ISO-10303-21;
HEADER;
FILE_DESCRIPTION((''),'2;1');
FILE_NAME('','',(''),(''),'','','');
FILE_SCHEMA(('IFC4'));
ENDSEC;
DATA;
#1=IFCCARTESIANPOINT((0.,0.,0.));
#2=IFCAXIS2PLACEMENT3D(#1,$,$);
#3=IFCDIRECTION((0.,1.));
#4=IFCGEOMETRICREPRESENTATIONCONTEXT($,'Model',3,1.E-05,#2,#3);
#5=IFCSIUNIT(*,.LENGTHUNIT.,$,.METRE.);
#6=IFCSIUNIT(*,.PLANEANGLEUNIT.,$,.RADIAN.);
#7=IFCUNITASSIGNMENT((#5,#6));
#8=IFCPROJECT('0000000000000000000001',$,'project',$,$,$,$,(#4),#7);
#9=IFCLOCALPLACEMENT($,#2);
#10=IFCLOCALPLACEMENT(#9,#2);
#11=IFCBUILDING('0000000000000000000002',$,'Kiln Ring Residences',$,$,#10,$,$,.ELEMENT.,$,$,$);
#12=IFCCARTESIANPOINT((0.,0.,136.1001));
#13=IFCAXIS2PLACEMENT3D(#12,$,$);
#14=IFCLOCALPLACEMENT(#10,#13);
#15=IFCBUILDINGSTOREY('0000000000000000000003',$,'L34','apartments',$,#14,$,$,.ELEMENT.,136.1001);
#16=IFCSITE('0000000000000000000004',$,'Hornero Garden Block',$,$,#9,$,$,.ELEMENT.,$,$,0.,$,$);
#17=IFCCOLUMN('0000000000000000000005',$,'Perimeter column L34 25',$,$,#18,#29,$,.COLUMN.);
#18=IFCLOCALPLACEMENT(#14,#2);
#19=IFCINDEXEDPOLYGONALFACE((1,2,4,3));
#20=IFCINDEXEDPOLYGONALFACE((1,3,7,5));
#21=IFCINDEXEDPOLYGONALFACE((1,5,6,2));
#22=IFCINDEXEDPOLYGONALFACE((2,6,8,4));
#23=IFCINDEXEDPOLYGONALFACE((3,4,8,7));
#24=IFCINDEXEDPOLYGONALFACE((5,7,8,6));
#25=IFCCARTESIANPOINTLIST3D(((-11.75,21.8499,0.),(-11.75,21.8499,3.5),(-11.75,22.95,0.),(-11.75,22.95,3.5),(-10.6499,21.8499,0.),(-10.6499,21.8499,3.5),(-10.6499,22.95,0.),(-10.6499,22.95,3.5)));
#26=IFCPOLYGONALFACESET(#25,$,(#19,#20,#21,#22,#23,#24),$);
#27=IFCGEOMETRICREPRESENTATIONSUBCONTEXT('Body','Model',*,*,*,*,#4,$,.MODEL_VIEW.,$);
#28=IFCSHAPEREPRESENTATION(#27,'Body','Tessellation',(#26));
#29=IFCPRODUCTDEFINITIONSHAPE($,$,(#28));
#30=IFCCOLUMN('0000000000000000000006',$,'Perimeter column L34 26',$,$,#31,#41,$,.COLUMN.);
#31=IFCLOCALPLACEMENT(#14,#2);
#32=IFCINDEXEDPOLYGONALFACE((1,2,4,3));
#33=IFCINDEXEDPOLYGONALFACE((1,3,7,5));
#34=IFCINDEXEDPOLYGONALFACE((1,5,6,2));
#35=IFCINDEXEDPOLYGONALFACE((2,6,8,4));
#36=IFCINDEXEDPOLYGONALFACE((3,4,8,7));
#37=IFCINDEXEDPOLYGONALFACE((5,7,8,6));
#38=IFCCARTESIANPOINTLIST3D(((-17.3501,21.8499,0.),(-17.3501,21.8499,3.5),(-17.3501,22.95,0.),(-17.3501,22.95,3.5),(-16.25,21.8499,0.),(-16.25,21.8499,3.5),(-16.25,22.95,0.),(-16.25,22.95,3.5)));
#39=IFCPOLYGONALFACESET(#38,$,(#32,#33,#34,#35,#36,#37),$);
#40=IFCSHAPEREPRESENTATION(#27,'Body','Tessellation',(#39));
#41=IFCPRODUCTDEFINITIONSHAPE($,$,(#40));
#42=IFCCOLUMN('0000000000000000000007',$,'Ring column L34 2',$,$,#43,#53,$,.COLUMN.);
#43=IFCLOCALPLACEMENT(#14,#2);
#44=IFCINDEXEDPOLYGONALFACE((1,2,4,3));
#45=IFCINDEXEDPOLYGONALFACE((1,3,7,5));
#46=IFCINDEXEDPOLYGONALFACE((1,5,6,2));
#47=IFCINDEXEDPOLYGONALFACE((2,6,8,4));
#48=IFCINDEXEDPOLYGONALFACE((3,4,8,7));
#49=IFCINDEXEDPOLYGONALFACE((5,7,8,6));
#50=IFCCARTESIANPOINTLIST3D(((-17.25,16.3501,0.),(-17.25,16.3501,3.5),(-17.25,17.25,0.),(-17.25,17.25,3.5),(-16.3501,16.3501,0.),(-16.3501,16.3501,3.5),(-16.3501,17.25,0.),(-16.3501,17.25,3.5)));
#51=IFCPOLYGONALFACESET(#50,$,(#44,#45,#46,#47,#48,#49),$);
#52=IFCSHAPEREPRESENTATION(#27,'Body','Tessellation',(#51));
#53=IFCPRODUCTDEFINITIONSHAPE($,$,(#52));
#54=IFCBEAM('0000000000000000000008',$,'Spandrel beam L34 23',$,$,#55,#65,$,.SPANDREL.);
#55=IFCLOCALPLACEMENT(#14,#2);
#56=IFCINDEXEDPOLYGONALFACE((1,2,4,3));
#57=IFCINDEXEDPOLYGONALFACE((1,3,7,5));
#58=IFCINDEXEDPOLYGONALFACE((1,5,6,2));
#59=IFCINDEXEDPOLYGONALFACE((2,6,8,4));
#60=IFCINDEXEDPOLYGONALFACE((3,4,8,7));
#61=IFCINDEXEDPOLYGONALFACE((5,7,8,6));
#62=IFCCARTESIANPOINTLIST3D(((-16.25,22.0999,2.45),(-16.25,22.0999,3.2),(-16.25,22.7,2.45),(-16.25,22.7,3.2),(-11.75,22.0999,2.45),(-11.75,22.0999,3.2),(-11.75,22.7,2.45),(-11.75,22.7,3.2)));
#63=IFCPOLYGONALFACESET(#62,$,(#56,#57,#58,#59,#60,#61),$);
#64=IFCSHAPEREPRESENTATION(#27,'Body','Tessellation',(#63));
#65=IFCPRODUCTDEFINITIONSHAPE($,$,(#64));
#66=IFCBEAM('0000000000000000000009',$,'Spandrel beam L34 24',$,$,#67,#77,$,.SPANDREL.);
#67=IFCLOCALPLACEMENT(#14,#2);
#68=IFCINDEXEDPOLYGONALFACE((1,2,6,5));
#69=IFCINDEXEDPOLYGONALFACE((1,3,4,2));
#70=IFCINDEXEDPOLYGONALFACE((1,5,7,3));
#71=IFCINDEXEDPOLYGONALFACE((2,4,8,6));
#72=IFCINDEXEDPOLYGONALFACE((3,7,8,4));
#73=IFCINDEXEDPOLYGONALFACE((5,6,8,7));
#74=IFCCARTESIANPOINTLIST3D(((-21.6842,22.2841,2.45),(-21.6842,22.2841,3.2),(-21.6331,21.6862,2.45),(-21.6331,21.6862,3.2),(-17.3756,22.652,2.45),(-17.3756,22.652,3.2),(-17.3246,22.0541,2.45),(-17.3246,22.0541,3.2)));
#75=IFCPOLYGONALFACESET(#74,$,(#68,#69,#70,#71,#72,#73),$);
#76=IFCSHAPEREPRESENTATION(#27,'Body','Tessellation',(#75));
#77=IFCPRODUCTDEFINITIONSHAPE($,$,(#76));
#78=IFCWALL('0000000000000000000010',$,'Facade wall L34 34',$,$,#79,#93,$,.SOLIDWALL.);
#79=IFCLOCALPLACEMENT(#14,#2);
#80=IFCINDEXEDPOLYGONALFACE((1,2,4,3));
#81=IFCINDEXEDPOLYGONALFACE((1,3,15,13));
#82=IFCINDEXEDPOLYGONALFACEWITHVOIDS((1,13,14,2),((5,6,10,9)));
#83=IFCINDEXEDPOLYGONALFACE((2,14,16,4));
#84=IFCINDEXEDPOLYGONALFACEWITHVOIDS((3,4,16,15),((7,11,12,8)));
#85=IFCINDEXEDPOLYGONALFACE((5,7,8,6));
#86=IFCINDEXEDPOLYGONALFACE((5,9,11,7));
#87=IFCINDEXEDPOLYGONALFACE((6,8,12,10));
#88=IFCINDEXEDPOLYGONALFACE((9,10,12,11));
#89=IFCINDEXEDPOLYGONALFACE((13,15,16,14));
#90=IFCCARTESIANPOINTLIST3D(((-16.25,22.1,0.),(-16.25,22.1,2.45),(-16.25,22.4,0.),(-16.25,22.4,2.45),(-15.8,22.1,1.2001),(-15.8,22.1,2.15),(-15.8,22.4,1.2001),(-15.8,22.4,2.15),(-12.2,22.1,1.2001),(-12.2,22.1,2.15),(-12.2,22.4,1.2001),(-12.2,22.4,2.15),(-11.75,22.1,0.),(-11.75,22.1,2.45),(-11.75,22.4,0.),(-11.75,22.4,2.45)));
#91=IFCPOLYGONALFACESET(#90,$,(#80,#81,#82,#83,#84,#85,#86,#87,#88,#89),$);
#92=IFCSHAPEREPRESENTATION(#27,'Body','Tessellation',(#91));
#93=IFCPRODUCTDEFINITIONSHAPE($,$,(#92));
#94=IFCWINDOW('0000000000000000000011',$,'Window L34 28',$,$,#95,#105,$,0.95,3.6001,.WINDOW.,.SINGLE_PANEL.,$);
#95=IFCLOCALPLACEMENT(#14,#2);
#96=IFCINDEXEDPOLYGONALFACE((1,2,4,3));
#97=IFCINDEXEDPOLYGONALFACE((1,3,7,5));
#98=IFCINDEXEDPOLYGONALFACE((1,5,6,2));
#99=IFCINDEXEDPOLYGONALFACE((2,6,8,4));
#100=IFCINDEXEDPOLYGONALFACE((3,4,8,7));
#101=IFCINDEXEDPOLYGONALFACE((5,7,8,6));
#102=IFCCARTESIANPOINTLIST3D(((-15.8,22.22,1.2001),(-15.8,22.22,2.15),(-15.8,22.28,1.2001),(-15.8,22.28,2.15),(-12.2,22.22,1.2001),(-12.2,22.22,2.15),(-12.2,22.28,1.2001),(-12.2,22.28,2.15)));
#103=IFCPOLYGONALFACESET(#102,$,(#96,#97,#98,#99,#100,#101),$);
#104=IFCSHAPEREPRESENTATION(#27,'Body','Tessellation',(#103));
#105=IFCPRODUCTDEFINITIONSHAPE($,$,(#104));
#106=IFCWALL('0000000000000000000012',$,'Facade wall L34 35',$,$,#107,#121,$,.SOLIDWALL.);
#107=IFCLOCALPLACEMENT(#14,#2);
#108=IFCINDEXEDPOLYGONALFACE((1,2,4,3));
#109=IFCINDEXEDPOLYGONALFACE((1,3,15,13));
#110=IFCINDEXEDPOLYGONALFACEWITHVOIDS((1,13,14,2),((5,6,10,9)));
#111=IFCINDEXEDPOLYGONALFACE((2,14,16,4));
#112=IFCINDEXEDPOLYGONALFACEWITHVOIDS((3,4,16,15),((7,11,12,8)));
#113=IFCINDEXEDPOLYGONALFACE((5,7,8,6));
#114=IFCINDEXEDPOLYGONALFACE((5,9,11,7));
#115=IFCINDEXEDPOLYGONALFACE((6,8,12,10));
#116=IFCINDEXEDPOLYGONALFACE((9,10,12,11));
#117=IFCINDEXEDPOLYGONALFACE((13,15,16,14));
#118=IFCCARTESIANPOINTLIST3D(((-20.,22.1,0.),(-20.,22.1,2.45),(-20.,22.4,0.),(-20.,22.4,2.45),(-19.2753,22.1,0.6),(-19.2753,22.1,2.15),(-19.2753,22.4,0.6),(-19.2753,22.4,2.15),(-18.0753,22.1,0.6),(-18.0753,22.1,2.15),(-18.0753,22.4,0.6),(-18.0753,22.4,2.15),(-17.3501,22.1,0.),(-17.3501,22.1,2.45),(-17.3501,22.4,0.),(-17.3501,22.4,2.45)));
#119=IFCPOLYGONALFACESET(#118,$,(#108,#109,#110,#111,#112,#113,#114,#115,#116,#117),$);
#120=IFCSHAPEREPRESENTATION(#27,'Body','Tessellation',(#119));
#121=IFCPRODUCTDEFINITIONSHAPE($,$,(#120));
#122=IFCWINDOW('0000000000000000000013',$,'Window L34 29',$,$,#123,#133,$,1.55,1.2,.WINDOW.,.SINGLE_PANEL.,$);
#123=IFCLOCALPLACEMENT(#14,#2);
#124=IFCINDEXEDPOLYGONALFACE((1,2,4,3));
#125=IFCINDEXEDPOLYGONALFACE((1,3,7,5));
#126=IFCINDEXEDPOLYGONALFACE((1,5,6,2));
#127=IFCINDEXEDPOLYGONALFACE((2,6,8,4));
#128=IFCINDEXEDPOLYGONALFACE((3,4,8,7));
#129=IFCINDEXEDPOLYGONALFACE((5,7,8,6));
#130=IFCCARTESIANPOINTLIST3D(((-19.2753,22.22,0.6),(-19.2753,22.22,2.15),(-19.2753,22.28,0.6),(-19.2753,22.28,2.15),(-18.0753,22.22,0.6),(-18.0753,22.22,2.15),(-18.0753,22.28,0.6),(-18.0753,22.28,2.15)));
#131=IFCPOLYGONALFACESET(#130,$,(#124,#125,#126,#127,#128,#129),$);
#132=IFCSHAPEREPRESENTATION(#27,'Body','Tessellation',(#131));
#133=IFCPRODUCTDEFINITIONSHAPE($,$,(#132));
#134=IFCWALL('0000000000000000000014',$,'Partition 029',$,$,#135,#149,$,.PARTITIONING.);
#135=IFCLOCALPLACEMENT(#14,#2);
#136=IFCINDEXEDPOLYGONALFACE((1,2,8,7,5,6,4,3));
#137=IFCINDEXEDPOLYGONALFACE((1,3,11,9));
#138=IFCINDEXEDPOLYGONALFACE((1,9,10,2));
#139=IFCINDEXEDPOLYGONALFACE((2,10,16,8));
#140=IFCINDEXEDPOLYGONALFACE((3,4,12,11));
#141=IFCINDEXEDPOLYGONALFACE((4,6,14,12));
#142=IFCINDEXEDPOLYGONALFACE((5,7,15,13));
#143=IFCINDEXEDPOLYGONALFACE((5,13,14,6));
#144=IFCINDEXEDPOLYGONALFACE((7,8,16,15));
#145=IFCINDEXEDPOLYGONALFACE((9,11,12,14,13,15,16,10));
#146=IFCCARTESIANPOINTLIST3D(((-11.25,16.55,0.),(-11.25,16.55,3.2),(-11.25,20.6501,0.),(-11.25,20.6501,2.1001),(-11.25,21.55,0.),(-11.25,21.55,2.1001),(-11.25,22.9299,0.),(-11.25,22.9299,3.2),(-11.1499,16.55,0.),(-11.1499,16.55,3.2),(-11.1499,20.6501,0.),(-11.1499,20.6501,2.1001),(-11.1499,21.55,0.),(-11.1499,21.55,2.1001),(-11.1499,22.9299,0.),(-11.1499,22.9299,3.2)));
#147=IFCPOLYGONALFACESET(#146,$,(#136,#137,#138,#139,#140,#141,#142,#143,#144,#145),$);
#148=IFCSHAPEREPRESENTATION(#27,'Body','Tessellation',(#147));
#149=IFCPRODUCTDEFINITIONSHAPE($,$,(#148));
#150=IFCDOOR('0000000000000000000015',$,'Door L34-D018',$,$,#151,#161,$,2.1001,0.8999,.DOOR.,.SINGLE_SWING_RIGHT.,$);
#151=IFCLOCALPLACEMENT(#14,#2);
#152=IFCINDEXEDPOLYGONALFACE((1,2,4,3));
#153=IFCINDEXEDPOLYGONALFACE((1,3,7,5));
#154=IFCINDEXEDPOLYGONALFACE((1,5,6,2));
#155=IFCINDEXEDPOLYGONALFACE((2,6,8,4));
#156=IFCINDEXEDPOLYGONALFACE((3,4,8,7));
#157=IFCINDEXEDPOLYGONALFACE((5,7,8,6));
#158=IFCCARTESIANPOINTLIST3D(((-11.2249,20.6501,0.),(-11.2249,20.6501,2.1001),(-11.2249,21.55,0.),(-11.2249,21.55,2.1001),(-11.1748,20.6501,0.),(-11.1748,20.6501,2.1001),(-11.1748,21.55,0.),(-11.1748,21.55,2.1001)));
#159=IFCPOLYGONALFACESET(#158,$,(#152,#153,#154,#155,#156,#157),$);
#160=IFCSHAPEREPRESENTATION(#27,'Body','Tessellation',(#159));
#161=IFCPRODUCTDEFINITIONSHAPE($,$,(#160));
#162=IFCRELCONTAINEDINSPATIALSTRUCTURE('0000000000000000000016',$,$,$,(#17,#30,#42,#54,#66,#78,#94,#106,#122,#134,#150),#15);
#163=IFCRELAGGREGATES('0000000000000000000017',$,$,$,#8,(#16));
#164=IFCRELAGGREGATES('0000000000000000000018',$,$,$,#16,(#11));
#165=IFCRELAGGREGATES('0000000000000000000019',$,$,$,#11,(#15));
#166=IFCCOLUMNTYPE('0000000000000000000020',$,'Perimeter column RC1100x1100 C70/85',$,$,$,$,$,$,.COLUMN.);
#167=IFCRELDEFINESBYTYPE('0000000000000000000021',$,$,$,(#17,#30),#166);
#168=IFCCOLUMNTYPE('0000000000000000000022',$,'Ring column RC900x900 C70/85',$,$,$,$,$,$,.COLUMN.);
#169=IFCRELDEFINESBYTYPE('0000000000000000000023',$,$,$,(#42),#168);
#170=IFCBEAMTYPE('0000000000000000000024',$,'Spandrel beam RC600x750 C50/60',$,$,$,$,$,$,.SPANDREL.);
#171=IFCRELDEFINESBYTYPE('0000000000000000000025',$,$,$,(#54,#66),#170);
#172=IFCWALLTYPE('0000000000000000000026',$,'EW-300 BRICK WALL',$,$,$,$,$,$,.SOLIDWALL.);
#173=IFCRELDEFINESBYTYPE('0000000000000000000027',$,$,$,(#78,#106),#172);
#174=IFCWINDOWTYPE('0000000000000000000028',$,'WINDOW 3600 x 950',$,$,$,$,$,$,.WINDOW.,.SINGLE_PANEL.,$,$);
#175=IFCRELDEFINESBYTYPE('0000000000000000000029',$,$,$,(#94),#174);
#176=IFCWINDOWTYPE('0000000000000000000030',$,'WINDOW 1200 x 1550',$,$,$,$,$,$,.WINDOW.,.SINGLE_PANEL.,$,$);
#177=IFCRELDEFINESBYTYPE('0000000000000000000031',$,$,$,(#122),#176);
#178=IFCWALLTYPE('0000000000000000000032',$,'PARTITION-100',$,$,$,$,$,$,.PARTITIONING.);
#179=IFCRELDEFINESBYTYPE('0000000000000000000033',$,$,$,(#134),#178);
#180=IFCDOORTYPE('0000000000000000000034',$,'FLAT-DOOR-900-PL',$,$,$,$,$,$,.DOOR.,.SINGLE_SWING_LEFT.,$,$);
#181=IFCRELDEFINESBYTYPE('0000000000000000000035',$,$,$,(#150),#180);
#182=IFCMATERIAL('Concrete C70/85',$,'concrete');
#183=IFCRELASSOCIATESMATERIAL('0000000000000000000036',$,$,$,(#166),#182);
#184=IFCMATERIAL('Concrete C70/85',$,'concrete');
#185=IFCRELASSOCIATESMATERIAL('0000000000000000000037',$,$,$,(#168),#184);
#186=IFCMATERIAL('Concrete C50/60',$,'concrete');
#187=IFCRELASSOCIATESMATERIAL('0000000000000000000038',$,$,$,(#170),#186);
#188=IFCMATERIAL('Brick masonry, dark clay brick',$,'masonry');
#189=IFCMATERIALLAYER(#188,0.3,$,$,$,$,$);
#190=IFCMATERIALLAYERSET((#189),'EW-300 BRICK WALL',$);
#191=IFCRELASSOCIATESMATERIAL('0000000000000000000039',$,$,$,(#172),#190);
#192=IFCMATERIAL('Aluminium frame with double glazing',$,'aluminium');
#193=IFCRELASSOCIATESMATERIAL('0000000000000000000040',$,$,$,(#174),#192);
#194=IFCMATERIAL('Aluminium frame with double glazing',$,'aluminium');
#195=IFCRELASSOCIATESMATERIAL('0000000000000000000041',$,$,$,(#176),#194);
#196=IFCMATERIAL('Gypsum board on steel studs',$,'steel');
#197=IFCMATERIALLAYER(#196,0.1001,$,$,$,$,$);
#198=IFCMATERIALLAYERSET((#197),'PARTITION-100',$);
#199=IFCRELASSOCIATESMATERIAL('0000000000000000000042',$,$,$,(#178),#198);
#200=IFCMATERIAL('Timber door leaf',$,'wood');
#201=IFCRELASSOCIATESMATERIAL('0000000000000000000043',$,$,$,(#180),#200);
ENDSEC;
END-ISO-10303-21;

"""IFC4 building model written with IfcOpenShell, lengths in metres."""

from ifc_helpers import new_model, si_unit, direction, frame, frame_2d, origin, origin_2d, place, context, subcontext, project, spatial, rectangle, extrude, material, layer, layer_set, material_profile, profile_set, type_object, element, fill, save


model = new_model("IFC4")

# Units and contexts
model_context = context("Model", 3, precision=1e-05, world=origin(), true_north=direction((0.0, 1.0)))
body_context = subcontext(model_context, "Body", "Model", "MODEL_VIEW")
ifc_project = project(units=[si_unit("LENGTHUNIT", "METRE"), si_unit("PLANEANGLEUNIT", "RADIAN")], contexts=[model_context])

# Site, building, storey
site_placement = place(None, origin())
site = spatial("IfcSite", under=ifc_project, at=site_placement, Name="Hornero Garden Block", CompositionType="ELEMENT", RefElevation=0.0)
building_placement = place(site_placement, origin())
building = spatial("IfcBuilding", under=site, at=building_placement, Name="Kiln Ring Residences", CompositionType="ELEMENT")
storey_placement = place(building_placement, frame((0.0, 0.0, 136.1001)))
storey = spatial("IfcBuildingStorey", under=building, at=storey_placement, Name="L34", Description="apartments", CompositionType="ELEMENT", Elevation=136.1001)

# Columns
ifc_material_1 = material(Name="Concrete C70/85", Category="concrete")
ifc_material_profile_1 = material_profile(ifc_material_1, rectangle(XDim=1.1001, YDim=1.1001, at=origin_2d()), Name="RC1100x1100")
ifc_profile_set_1 = profile_set([ifc_material_profile_1], Name="Concrete C70/85")
column_type_1 = type_object("IfcColumnType", Name="Perimeter column RC1100x1100 C70/85", PredefinedType="COLUMN", material=ifc_profile_set_1)
for number, where, z_axis, x_axis, name in (
    (1, (-11.2, 22.3999, 0.0), (0.0, 0.0, 1.0), (1.0, 0.0, 0.0), "Perimeter column L34 25"),
    (2, (-16.8, 22.3999, 0.0), (0.0, 0.0, 1.0), (1.0, 0.0, 0.0), "Perimeter column L34 26"),
):
    element("IfcColumn", number, at=place(storey_placement, frame(where, z_axis=z_axis, x_axis=x_axis)), inside=storey, type_object=column_type_1, Name=name, PredefinedType="COLUMN", context=body_context, shape_type="SweptSolid", body=[
        extrude(rectangle(XDim=1.1001, YDim=1.1001, at=origin_2d()), origin(), (0.0, 0.0, 1.0), 3.5),
    ])
ifc_material_2 = material(Name="Concrete C70/85", Category="concrete")
ifc_material_profile_2 = material_profile(ifc_material_2, rectangle(XDim=0.8999, YDim=0.8999, at=origin_2d()), Name="RC900x900")
ifc_profile_set_2 = profile_set([ifc_material_profile_2], Name="Concrete C70/85")
column_type_2 = type_object("IfcColumnType", Name="Ring column RC900x900 C70/85", PredefinedType="COLUMN", material=ifc_profile_set_2)
column_placement = place(storey_placement, frame((-16.8, 16.8, 0.0), z_axis=(0.0, 0.0, 1.0), x_axis=(1.0, 0.0, 0.0)))
element("IfcColumn", 3, at=column_placement, inside=storey, type_object=column_type_2, Name="Ring column L34 2", PredefinedType="COLUMN", context=body_context, shape_type="SweptSolid", body=[
    extrude(rectangle(XDim=0.8999, YDim=0.8999, at=origin_2d()), origin(), (0.0, 0.0, 1.0), 3.5),
])

# Beams
ifc_material_3 = material(Name="Concrete C50/60", Category="concrete")
ifc_material_profile_3 = material_profile(ifc_material_3, rectangle(XDim=0.6001, YDim=0.75, at=origin_2d()), Name="RC600x750")
ifc_profile_set_3 = profile_set([ifc_material_profile_3], Name="Concrete C50/60")
beam_type = type_object("IfcBeamType", Name="Spandrel beam RC600x750 C50/60", PredefinedType="SPANDREL", material=ifc_profile_set_3)
beam_1_placement = place(storey_placement, frame((-11.75, 22.3999, 2.825), z_axis=(-1.0, 0.0, 0.0), x_axis=(0.0, -1.0, 0.0)))
element("IfcBeam", 4, at=beam_1_placement, inside=storey, type_object=beam_type, Name="Spandrel beam L34 23", PredefinedType="SPANDREL", context=body_context, shape_type="SweptSolid", body=[
    extrude(rectangle(XDim=0.6001, YDim=0.75, at=origin_2d()), origin(), (0.0, 0.0, 1.0), 4.5),
])
beam_2_placement = place(storey_placement, frame((-17.3501, 22.353, 2.825), z_axis=(-0.996374, -0.085082, 0.0), x_axis=(0.085082, -0.996374, 0.0)))
element("IfcBeam", 5, at=beam_2_placement, inside=storey, type_object=beam_type, Name="Spandrel beam L34 24", PredefinedType="SPANDREL", context=body_context, shape_type="SweptSolid", body=[
    extrude(rectangle(XDim=0.6001, YDim=0.75, at=origin_2d()), origin(), (0.0, 0.0, 1.0), 4.3242),
])

# Walls, openings, windows
ifc_material_4 = material(Name="Brick masonry, dark clay brick", Category="masonry")
ifc_layer_1 = layer(ifc_material_4, 0.3)
ifc_layer_set_1 = layer_set([ifc_layer_1], Name="EW-300 BRICK WALL")
wall_type_1 = type_object("IfcWallType", Name="EW-300 BRICK WALL", PredefinedType="SOLIDWALL", material=ifc_layer_set_1)
wall_1_placement = place(storey_placement, frame((-11.75, 22.25, 0.0), z_axis=(0.0, 0.0, 1.0), x_axis=(-1.0, 0.0, 0.0)))
wall_1 = element("IfcWall", 6, at=wall_1_placement, inside=storey, type_object=wall_type_1, Name="Facade wall L34 34", PredefinedType="SOLIDWALL", context=body_context, shape_type="SweptSolid", body=[
    extrude(rectangle(XDim=4.5, YDim=0.3, at=frame_2d((2.25, 0.0))), origin(), (0.0, 0.0, 1.0), 2.45),
])
opening_1_placement = place(wall_1_placement, frame((0.45, 0.0, 1.2)))
opening_1 = element("IfcOpeningElement", 7, at=opening_1_placement, cuts=wall_1, PredefinedType="OPENING", context=body_context, shape_type="SweptSolid", body=[
    extrude(rectangle(XDim=3.6001, YDim=0.95, at=frame_2d((1.8, 0.4751))), frame((0.0, 0.1599, 0.0), z_axis=(0.0, -1.0, 0.0), x_axis=(1.0, 0.0, 0.0)), (0.0, 0.0, 1.0), 0.3201),
])
ifc_material_5 = material(Name="Aluminium frame with double glazing", Category="aluminium")
window_type_1 = type_object("IfcWindowType", Name="WINDOW 3600 x 950", PartitioningType="SINGLE_PANEL", PredefinedType="WINDOW", material=ifc_material_5)
window_1_placement = place(opening_1_placement, origin())
window_1 = element("IfcWindow", 8, at=window_1_placement, inside=storey, type_object=window_type_1, Name="Window L34 28", OverallHeight=0.95, OverallWidth=3.6001, PartitioningType="SINGLE_PANEL", PredefinedType="WINDOW", context=body_context, shape_type="SweptSolid", body=[
    extrude(rectangle(XDim=3.6001, YDim=0.95, at=frame_2d((1.8, 0.4751))), frame((0.0, 0.03, 0.0), z_axis=(0.0, -1.0, 0.0), x_axis=(1.0, 0.0, 0.0)), (0.0, 0.0, 1.0), 0.0601),
])
fill(opening_1, window_1)
wall_2_placement = place(storey_placement, frame((-17.3501, 22.25, 0.0), z_axis=(0.0, 0.0, 1.0), x_axis=(-1.0, 0.0, 0.0)))
wall_2 = element("IfcWall", 9, at=wall_2_placement, inside=storey, type_object=wall_type_1, Name="Facade wall L34 35", PredefinedType="SOLIDWALL", context=body_context, shape_type="SweptSolid", body=[
    extrude(rectangle(XDim=2.6499, YDim=0.3, at=frame_2d((1.325, 0.0))), origin(), (0.0, 0.0, 1.0), 2.45),
])
opening_2_placement = place(wall_2_placement, frame((0.7251, 0.0, 0.6001)))
opening_2 = element("IfcOpeningElement", 10, at=opening_2_placement, cuts=wall_2, PredefinedType="OPENING", context=body_context, shape_type="SweptSolid", body=[
    extrude(rectangle(XDim=1.2, YDim=1.55, at=frame_2d((0.6001, 0.7749))), frame((0.0, 0.1599, 0.0), z_axis=(0.0, -1.0, 0.0), x_axis=(1.0, 0.0, 0.0)), (0.0, 0.0, 1.0), 0.3201),
])
ifc_material_6 = material(Name="Aluminium frame with double glazing", Category="aluminium")
window_type_2 = type_object("IfcWindowType", Name="WINDOW 1200 x 1550", PartitioningType="SINGLE_PANEL", PredefinedType="WINDOW", material=ifc_material_6)
window_2_placement = place(opening_2_placement, origin())
window_2 = element("IfcWindow", 11, at=window_2_placement, inside=storey, type_object=window_type_2, Name="Window L34 29", OverallHeight=1.55, OverallWidth=1.2, PartitioningType="SINGLE_PANEL", PredefinedType="WINDOW", context=body_context, shape_type="SweptSolid", body=[
    extrude(rectangle(XDim=1.2, YDim=1.55, at=frame_2d((0.6001, 0.7749))), frame((0.0, 0.03, 0.0), z_axis=(0.0, -1.0, 0.0), x_axis=(1.0, 0.0, 0.0)), (0.0, 0.0, 1.0), 0.0601),
])
fill(opening_2, window_2)

# Shared definitions
ifc_material_7 = material(Name="Gypsum board on steel studs", Category="steel")
ifc_layer_2 = layer(ifc_material_7, 0.1001)
ifc_layer_set_2 = layer_set([ifc_layer_2], Name="PARTITION-100")
wall_type_2 = type_object("IfcWallType", Name="PARTITION-100", PredefinedType="PARTITIONING", material=ifc_layer_set_2)
ifc_material_8 = material(Name="Timber door leaf", Category="wood")
door_type_1 = type_object("IfcDoorType", Name="FLAT-DOOR-900-PL", OperationType="SINGLE_SWING_LEFT", PredefinedType="DOOR", material=ifc_material_8)

# Wall, opening, door
wall_3_placement = place(storey_placement, frame((-11.2, 16.55, 0.0), z_axis=(0.0, 0.0, 1.0), x_axis=(0.0, 1.0, 0.0)))
wall_3 = element("IfcWall", 12, at=wall_3_placement, inside=storey, type_object=wall_type_2, Name="Partition 029", PredefinedType="PARTITIONING", context=body_context, shape_type="SweptSolid", body=[
    extrude(rectangle(XDim=6.3799, YDim=0.1001, at=frame_2d((3.1899, 0.0))), origin(), (0.0, 0.0, 1.0), 3.2),
])
opening_3_placement = place(wall_3_placement, frame((4.1001, 0.0, 0.0)))
opening_3 = element("IfcOpeningElement", 13, at=opening_3_placement, cuts=wall_3, PredefinedType="OPENING", context=body_context, shape_type="SweptSolid", body=[
    extrude(rectangle(XDim=0.8999, YDim=2.1001, at=frame_2d((0.45, 1.05))), frame((0.0, 0.0601, 0.0), z_axis=(0.0, -1.0, 0.0), x_axis=(1.0, 0.0, 0.0)), (0.0, 0.0, 1.0), 0.1201),
])
door_1_placement = place(opening_3_placement, origin())
door_1 = element("IfcDoor", 14, at=door_1_placement, inside=storey, type_object=door_type_1, Name="Door L34-D018", OperationType="SINGLE_SWING_RIGHT", OverallHeight=2.1001, OverallWidth=0.8999, PredefinedType="DOOR", context=body_context, shape_type="SweptSolid", body=[
    extrude(rectangle(XDim=0.8999, YDim=2.1001, at=frame_2d((0.45, 1.05))), frame((0.0, 0.0249, 0.0), z_axis=(0.0, -1.0, 0.0), x_axis=(1.0, 0.0, 0.0)), (0.0, 0.0, 1.0), 0.05),
])
fill(opening_3, door_1)

save(model, "model.ifc")
